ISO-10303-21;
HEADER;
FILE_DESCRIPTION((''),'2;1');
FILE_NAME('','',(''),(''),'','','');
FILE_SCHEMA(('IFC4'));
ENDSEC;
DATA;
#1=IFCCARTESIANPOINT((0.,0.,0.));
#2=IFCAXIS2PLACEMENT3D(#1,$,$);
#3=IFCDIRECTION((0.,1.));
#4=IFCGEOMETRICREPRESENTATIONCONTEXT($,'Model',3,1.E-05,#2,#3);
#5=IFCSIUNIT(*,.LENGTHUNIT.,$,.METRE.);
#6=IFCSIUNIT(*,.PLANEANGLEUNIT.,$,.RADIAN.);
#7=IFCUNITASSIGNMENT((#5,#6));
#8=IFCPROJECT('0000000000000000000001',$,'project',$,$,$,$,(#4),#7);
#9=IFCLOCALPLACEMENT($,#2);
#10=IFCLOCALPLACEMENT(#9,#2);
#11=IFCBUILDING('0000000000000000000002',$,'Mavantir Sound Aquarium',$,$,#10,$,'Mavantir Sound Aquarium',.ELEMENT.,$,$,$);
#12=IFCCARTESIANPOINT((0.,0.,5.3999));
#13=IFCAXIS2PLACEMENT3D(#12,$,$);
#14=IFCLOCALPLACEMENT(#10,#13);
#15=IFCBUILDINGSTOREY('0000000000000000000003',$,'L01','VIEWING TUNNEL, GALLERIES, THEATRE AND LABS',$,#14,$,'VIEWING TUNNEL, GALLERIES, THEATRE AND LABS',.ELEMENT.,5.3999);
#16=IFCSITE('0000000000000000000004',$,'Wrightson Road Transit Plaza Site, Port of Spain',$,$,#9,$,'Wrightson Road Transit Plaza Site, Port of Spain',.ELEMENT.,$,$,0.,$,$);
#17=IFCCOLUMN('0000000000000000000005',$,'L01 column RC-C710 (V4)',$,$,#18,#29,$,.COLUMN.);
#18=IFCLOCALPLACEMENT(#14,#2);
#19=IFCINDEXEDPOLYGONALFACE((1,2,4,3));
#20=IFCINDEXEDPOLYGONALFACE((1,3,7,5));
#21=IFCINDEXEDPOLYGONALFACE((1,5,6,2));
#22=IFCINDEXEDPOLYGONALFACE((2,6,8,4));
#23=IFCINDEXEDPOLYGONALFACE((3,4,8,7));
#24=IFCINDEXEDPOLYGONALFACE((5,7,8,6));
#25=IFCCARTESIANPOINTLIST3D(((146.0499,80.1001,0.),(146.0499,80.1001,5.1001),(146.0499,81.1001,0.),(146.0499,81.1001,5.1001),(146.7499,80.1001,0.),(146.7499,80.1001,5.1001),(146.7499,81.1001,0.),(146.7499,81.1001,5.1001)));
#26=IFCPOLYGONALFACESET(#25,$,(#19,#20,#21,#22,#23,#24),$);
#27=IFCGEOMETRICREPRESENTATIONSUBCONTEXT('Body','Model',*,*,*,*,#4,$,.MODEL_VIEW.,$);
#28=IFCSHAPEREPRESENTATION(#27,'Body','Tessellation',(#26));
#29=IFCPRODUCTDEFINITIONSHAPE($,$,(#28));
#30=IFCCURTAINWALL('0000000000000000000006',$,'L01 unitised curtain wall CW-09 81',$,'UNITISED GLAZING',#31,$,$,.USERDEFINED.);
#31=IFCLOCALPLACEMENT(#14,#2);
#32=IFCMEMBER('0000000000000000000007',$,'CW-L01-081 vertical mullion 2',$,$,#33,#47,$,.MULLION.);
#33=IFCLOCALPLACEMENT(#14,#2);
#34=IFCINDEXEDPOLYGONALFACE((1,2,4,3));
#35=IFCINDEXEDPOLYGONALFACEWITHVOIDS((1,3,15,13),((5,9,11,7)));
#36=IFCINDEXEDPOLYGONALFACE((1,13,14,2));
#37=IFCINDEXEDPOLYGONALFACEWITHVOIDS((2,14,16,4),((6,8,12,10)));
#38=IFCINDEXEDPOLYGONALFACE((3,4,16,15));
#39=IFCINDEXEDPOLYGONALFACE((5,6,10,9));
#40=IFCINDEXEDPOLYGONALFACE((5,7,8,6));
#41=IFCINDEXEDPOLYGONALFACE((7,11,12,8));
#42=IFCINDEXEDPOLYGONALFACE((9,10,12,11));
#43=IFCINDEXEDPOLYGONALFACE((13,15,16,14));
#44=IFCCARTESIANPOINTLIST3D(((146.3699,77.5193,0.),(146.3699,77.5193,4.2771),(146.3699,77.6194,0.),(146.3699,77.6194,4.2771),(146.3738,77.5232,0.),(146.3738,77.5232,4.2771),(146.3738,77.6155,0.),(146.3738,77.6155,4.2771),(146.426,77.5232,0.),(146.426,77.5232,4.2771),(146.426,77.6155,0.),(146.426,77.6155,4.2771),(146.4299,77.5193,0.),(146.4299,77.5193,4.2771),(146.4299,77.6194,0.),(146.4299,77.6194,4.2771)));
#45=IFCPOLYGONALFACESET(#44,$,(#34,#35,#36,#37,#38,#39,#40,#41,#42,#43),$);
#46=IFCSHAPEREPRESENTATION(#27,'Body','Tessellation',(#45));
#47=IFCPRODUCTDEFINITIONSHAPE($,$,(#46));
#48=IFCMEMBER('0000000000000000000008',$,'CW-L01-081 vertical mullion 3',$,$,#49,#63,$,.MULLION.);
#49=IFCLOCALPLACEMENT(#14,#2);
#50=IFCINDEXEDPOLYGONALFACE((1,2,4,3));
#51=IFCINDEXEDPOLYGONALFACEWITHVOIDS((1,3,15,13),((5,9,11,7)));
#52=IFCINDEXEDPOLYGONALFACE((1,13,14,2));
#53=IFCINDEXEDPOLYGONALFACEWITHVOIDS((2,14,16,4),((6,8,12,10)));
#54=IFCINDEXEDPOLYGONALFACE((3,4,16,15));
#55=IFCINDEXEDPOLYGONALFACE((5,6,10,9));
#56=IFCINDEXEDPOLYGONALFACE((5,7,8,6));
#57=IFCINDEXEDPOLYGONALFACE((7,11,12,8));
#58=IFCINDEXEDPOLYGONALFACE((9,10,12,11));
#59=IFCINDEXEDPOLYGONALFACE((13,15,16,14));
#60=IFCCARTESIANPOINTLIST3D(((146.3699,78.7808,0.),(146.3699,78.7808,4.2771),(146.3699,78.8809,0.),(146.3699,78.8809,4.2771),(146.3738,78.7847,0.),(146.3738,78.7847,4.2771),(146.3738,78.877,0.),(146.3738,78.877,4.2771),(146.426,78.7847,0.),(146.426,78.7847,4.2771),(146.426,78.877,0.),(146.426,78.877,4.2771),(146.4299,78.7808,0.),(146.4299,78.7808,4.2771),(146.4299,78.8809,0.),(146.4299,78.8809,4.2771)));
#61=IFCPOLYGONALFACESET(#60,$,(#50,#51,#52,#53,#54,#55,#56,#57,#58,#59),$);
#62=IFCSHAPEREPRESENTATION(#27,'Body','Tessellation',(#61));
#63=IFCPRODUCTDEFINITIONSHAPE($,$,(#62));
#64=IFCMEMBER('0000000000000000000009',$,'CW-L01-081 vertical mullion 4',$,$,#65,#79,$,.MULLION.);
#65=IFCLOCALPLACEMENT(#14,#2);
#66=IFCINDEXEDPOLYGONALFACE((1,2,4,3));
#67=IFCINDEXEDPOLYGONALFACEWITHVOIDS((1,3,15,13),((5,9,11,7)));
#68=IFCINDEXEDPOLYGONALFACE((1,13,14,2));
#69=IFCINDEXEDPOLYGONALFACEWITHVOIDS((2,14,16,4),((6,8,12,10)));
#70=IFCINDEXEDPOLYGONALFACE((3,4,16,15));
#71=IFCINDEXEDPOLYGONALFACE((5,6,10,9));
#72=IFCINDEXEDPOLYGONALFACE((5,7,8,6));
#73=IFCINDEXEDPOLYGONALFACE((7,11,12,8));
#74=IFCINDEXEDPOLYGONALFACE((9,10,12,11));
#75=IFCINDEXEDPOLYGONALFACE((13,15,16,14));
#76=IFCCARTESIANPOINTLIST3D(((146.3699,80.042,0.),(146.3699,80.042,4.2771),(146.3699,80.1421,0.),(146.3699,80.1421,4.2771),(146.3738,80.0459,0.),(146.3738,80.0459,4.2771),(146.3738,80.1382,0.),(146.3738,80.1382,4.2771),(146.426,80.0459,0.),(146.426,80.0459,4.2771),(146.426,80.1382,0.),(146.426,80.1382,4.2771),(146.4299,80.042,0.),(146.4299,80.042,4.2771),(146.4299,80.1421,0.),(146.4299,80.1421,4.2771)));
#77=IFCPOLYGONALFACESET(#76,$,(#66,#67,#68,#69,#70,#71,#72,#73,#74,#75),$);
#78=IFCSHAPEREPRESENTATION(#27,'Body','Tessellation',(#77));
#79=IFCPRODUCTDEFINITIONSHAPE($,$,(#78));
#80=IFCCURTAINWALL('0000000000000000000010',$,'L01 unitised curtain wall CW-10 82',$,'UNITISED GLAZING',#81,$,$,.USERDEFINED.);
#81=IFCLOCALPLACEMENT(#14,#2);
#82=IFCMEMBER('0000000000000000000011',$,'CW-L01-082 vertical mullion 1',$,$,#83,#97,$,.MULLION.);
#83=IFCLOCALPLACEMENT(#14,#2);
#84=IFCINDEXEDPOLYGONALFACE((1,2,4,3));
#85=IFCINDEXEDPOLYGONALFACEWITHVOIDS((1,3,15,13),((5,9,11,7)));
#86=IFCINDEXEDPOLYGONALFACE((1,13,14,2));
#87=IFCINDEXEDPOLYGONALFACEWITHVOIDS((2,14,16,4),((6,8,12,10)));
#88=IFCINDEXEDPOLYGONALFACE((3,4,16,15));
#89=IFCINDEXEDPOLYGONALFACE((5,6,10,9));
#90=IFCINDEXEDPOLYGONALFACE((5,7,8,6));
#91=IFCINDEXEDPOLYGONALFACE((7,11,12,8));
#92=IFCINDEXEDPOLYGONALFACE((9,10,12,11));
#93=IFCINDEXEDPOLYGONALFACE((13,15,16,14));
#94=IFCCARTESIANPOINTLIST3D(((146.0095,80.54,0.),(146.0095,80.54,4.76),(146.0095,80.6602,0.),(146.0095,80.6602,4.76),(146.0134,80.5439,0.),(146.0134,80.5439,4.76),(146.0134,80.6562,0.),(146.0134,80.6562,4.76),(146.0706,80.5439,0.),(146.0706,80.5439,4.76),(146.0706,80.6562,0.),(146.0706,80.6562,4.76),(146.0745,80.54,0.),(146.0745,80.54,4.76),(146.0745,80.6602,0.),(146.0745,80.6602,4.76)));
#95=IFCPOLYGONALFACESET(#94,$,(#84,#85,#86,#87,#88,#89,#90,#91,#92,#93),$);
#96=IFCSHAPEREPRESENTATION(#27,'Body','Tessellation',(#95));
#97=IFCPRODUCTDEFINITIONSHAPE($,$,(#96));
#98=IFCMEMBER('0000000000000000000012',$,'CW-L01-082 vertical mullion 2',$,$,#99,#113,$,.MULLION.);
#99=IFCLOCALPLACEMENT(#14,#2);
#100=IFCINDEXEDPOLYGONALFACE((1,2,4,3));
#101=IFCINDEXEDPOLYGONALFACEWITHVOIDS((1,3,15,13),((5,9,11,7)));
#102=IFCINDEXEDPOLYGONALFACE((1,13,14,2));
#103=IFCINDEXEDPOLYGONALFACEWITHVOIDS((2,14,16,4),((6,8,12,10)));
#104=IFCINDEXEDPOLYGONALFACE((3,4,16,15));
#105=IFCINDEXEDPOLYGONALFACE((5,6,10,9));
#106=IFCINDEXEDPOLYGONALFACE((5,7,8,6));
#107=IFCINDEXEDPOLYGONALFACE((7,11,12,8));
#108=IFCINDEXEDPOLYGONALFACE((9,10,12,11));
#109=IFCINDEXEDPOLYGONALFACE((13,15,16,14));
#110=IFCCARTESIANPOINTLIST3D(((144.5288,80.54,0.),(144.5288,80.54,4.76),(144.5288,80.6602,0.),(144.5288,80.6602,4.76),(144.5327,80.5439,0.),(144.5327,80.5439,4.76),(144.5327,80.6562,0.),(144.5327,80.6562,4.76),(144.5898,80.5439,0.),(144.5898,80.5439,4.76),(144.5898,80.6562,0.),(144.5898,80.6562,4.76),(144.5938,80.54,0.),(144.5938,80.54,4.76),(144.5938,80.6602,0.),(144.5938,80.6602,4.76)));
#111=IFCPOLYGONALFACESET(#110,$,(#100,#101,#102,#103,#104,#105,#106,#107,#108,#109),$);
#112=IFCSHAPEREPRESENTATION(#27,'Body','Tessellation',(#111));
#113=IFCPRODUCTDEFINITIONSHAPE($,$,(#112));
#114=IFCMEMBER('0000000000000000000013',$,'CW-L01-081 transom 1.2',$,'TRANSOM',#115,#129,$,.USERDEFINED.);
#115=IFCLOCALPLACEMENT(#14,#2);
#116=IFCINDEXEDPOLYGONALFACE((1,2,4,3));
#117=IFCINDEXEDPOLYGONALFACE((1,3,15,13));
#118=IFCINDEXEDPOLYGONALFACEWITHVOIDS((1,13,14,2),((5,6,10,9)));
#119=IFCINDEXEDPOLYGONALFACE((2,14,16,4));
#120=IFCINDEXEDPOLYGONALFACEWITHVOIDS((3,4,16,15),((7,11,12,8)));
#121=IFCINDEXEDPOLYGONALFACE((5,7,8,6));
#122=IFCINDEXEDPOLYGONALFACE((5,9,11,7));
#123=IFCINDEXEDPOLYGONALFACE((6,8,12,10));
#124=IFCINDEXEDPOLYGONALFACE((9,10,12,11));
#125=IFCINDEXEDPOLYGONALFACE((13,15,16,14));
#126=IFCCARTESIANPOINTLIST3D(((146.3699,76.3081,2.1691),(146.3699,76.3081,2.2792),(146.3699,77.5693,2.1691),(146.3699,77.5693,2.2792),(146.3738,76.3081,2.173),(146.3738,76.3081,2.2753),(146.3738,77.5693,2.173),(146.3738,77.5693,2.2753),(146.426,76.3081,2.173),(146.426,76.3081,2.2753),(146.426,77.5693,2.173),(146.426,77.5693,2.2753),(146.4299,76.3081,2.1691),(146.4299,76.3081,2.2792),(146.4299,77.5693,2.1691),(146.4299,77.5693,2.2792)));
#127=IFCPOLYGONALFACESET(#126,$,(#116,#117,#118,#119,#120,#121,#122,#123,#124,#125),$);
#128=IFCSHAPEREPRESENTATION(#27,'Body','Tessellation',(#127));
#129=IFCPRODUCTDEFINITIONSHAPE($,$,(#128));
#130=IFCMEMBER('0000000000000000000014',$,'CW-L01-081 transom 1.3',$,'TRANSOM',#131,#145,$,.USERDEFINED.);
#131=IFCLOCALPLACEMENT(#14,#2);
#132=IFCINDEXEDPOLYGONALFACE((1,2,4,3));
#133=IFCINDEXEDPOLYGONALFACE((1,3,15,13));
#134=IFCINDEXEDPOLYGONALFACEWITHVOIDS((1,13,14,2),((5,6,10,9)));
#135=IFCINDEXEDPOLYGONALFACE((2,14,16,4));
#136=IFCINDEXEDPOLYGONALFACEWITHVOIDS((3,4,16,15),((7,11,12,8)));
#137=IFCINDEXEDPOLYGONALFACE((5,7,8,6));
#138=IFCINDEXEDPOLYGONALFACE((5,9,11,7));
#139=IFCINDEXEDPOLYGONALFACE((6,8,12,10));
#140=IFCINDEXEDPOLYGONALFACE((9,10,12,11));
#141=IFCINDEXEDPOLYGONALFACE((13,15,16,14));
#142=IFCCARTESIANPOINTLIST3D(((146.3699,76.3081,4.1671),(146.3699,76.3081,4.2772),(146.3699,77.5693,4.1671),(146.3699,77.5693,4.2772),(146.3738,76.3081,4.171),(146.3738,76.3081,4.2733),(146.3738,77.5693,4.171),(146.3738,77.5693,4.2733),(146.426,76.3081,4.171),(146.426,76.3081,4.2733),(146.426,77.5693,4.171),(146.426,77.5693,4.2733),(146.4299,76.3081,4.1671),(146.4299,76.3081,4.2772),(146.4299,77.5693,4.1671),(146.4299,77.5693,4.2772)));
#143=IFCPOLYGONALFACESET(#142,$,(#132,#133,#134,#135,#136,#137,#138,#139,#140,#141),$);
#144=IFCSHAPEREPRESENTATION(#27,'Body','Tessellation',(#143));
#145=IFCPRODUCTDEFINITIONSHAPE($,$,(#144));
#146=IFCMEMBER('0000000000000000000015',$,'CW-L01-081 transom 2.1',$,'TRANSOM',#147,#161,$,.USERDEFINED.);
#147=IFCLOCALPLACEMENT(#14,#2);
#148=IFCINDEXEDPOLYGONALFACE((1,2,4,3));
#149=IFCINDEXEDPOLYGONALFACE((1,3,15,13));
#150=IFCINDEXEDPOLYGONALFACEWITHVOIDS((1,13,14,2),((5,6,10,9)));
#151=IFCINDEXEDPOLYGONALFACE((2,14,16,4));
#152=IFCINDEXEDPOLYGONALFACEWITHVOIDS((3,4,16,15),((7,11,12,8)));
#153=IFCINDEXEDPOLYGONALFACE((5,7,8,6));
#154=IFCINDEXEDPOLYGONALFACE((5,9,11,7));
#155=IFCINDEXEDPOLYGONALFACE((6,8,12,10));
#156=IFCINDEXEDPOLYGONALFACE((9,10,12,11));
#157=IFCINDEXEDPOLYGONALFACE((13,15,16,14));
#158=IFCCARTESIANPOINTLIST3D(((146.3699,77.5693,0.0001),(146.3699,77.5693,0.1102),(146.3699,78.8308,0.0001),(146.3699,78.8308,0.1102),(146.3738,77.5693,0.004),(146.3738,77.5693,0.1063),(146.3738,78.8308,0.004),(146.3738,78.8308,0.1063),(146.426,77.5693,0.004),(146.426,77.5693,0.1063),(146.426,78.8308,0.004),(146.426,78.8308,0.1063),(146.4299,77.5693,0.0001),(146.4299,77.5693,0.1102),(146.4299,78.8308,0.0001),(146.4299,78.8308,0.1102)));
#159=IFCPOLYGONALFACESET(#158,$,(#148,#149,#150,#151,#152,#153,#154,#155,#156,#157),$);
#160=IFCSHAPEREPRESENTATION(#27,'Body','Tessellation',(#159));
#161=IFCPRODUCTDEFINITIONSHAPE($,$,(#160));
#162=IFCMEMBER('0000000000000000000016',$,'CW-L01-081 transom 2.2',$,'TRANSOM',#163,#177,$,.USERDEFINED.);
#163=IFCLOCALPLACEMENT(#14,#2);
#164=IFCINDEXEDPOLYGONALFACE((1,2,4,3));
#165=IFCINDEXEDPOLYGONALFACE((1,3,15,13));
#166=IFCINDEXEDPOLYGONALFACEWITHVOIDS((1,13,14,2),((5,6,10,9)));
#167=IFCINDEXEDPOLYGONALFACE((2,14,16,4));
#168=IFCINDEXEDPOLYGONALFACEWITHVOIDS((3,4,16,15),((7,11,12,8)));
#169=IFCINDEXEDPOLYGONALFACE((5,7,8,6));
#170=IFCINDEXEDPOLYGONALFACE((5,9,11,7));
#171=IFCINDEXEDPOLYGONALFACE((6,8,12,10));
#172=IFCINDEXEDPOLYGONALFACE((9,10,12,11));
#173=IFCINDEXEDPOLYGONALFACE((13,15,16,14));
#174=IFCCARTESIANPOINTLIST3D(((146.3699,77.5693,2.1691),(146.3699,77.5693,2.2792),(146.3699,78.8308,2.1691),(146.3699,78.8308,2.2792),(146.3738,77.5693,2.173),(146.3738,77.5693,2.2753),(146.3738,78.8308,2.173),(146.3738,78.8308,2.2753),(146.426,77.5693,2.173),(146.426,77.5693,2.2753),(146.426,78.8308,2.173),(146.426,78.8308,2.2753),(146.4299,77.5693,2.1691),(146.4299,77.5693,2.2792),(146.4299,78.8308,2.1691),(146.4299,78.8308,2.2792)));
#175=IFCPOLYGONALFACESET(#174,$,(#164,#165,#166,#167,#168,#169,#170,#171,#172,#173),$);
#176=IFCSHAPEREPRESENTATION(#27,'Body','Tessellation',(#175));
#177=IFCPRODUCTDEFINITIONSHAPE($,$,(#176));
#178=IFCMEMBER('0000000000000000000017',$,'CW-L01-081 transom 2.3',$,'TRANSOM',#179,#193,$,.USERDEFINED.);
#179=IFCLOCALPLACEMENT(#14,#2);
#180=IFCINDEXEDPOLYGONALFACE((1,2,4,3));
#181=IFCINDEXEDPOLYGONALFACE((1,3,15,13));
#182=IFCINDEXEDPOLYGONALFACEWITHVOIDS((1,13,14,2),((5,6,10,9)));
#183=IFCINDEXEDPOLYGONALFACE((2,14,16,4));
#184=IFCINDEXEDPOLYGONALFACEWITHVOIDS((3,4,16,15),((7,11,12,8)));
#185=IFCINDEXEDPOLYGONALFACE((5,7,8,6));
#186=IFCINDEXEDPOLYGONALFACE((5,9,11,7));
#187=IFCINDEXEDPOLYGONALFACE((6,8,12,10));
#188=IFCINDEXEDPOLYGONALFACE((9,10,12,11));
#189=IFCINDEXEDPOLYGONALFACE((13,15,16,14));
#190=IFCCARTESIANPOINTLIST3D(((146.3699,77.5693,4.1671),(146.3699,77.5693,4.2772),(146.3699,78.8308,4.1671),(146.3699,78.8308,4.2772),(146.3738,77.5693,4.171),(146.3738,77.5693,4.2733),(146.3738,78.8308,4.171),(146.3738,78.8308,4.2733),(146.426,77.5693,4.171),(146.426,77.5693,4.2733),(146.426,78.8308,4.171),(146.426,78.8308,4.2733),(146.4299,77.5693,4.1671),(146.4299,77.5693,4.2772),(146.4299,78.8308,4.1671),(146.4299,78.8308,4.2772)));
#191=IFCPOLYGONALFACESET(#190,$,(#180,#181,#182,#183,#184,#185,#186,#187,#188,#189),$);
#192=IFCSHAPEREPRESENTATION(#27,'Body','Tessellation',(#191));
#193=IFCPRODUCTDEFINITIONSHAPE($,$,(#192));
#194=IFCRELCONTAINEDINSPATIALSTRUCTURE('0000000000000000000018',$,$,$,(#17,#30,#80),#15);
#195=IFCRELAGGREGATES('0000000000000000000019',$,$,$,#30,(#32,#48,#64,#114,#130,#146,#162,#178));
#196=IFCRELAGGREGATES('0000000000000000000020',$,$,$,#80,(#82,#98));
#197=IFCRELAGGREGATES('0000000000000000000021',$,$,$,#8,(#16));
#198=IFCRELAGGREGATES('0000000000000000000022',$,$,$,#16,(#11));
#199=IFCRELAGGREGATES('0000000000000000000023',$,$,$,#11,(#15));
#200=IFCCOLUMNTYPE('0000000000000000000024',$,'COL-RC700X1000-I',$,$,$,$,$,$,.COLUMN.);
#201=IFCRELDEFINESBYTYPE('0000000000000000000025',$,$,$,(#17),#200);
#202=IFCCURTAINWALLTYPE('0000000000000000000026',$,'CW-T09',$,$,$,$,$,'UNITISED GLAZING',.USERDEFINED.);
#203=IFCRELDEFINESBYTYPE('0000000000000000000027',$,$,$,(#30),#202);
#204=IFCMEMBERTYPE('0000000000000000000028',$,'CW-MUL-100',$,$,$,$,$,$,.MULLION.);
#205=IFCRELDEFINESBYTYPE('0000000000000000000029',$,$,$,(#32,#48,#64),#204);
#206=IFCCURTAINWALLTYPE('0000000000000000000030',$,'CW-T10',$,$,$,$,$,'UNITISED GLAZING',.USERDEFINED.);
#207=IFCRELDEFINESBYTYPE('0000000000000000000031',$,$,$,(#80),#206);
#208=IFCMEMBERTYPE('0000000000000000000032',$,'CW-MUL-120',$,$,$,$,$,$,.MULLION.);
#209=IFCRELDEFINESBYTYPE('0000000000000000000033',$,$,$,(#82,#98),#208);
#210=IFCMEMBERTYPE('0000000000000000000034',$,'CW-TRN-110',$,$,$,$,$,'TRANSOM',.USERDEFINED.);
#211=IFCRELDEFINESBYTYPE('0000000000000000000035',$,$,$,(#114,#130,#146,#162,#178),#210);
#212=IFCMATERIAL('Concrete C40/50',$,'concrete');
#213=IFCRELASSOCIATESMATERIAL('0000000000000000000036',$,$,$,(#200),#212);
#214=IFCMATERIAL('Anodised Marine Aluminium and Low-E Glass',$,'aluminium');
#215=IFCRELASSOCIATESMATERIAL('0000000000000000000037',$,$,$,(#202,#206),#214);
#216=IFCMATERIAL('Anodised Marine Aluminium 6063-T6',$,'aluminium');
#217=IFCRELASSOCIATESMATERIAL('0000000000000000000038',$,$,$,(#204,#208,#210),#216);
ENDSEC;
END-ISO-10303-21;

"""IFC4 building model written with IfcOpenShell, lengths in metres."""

from ifc_helpers import new_model, si_unit, direction, frame, origin, origin_2d, place, context, subcontext, project, spatial, rectangle, hollow_rectangle, extrude, material, material_profile, profile_set, type_object, element, aggregate, save


model = new_model("IFC4")

# Units and contexts
model_context = context("Model", 3, precision=1e-05, world=origin(), true_north=direction((0.0, 1.0)))
body_context = subcontext(model_context, "Body", "Model", "MODEL_VIEW")
ifc_project = project(units=[si_unit("LENGTHUNIT", "METRE"), si_unit("PLANEANGLEUNIT", "RADIAN")], contexts=[model_context])

# Site, building, storey
site_placement = place(None, origin())
site = spatial("IfcSite", under=ifc_project, at=site_placement, Name="Wrightson Road Transit Plaza Site, Port of Spain", LongName="Wrightson Road Transit Plaza Site, Port of Spain", CompositionType="ELEMENT", RefElevation=0.0)
building_placement = place(site_placement, origin())
building = spatial("IfcBuilding", under=site, at=building_placement, Name="Mavantir Sound Aquarium", LongName="Mavantir Sound Aquarium", CompositionType="ELEMENT")
storey_placement = place(building_placement, frame((0.0, 0.0, 5.3999)))
storey = spatial("IfcBuildingStorey", under=building, at=storey_placement, Name="L01", Description="VIEWING TUNNEL, GALLERIES, THEATRE AND LABS", LongName="VIEWING TUNNEL, GALLERIES, THEATRE AND LABS", CompositionType="ELEMENT", Elevation=5.3999)

# Column
ifc_material_1 = material(Name="Concrete C40/50", Category="concrete")
ifc_material_profile_1 = material_profile(ifc_material_1, rectangle(XDim=0.7, YDim=1.0, at=origin_2d()), Name="RC 700X1000")
ifc_profile_set_1 = profile_set([ifc_material_profile_1], Name="Concrete C40/50")
column_type = type_object("IfcColumnType", Name="COL-RC700X1000-I", PredefinedType="COLUMN", material=ifc_profile_set_1)
column_placement = place(storey_placement, frame((146.3999, 80.6001, 0.0), z_axis=(0.0, 0.0, 1.0), x_axis=(1.0, 0.0, 0.0)))
element("IfcColumn", 1, at=column_placement, inside=storey, type_object=column_type, Name="L01 column RC-C710 (V4)", PredefinedType="COLUMN", context=body_context, shape_type="SweptSolid", body=[
    extrude(rectangle(XDim=0.7, YDim=1.0, at=origin_2d()), origin(), (0.0, 0.0, 1.0), 5.1001),
])

# Curtain walls, members
ifc_material_2 = material(Name="Anodised Marine Aluminium and Low-E Glass", Category="aluminium")
curtain_wall_type_1 = type_object("IfcCurtainWallType", Name="CW-T09", ElementType="UNITISED GLAZING", PredefinedType="USERDEFINED", material=ifc_material_2)
curtain_wall_1_placement = place(storey_placement, origin())
curtain_wall_1 = element("IfcCurtainWall", 2, at=curtain_wall_1_placement, inside=storey, type_object=curtain_wall_type_1, Name="L01 unitised curtain wall CW-09 81", ObjectType="UNITISED GLAZING", PredefinedType="USERDEFINED")
ifc_material_3 = material(Name="Anodised Marine Aluminium 6063-T6", Category="aluminium")
ifc_material_profile_2 = material_profile(ifc_material_3, hollow_rectangle(XDim=0.0601, YDim=0.1001, WallThickness=0.0039, at=origin_2d()), Name="ALU-MULLION-100X60")
ifc_profile_set_2 = profile_set([ifc_material_profile_2], Name="Anodised Marine Aluminium 6063-T6")
member_type_1 = type_object("IfcMemberType", Name="CW-MUL-100", PredefinedType="MULLION", material=ifc_profile_set_2)
member_1_placement = place(storey_placement, frame((146.3999, 77.5693, 0.0), z_axis=(0.0, 0.0, 1.0), x_axis=(1.0, 0.0, 0.0)))
member_1 = element("IfcMember", 3, at=member_1_placement, type_object=member_type_1, Name="CW-L01-081 vertical mullion 2", PredefinedType="MULLION", context=body_context, shape_type="SweptSolid", body=[
    extrude(hollow_rectangle(XDim=0.0601, YDim=0.1001, WallThickness=0.0039, at=origin_2d()), origin(), (0.0, 0.0, 1.0), 4.2771),
])
member_2_placement = place(storey_placement, frame((146.3999, 78.8308, 0.0), z_axis=(0.0, 0.0, 1.0), x_axis=(1.0, 0.0, 0.0)))
member_2 = element("IfcMember", 4, at=member_2_placement, type_object=member_type_1, Name="CW-L01-081 vertical mullion 3", PredefinedType="MULLION", context=body_context, shape_type="SweptSolid", body=[
    extrude(hollow_rectangle(XDim=0.0601, YDim=0.1001, WallThickness=0.0039, at=origin_2d()), origin(), (0.0, 0.0, 1.0), 4.2771),
])
member_3_placement = place(storey_placement, frame((146.3999, 80.092, 0.0), z_axis=(0.0, 0.0, 1.0), x_axis=(1.0, 0.0, 0.0)))
member_3 = element("IfcMember", 5, at=member_3_placement, type_object=member_type_1, Name="CW-L01-081 vertical mullion 4", PredefinedType="MULLION", context=body_context, shape_type="SweptSolid", body=[
    extrude(hollow_rectangle(XDim=0.0601, YDim=0.1001, WallThickness=0.0039, at=origin_2d()), origin(), (0.0, 0.0, 1.0), 4.2771),
])
curtain_wall_type_2 = type_object("IfcCurtainWallType", Name="CW-T10", ElementType="UNITISED GLAZING", PredefinedType="USERDEFINED", material=ifc_material_2)
curtain_wall_2_placement = place(storey_placement, origin())
curtain_wall_2 = element("IfcCurtainWall", 6, at=curtain_wall_2_placement, inside=storey, type_object=curtain_wall_type_2, Name="L01 unitised curtain wall CW-10 82", ObjectType="UNITISED GLAZING", PredefinedType="USERDEFINED")
ifc_material_profile_3 = material_profile(ifc_material_3, hollow_rectangle(XDim=0.0649, YDim=0.1201, WallThickness=0.0039, at=origin_2d()), Name="ALU-MULLION-120X65")
ifc_profile_set_3 = profile_set([ifc_material_profile_3], Name="Anodised Marine Aluminium 6063-T6")
member_type_2 = type_object("IfcMemberType", Name="CW-MUL-120", PredefinedType="MULLION", material=ifc_profile_set_3)
member_4_placement = place(storey_placement, frame((146.042, 80.6001, 0.0), z_axis=(0.0, 0.0, 1.0), x_axis=(1.0, 0.0, 0.0)))
member_4 = element("IfcMember", 7, at=member_4_placement, type_object=member_type_2, Name="CW-L01-082 vertical mullion 1", PredefinedType="MULLION", context=body_context, shape_type="SweptSolid", body=[
    extrude(hollow_rectangle(XDim=0.0649, YDim=0.1201, WallThickness=0.0039, at=origin_2d()), origin(), (0.0, 0.0, 1.0), 4.76),
])
member_5_placement = place(storey_placement, frame((144.5613, 80.6001, 0.0), z_axis=(0.0, 0.0, 1.0), x_axis=(1.0, 0.0, 0.0)))
member_5 = element("IfcMember", 8, at=member_5_placement, type_object=member_type_2, Name="CW-L01-082 vertical mullion 2", PredefinedType="MULLION", context=body_context, shape_type="SweptSolid", body=[
    extrude(hollow_rectangle(XDim=0.0649, YDim=0.1201, WallThickness=0.0039, at=origin_2d()), origin(), (0.0, 0.0, 1.0), 4.76),
])

# Members
ifc_material_profile_4 = material_profile(ifc_material_3, hollow_rectangle(XDim=0.0601, YDim=0.1101, WallThickness=0.0039, at=origin_2d()), Name="ALU-TRANSOM-110X60")
ifc_profile_set_4 = profile_set([ifc_material_profile_4], Name="Anodised Marine Aluminium 6063-T6")
member_type_3 = type_object("IfcMemberType", Name="CW-TRN-110", ElementType="TRANSOM", PredefinedType="USERDEFINED", material=ifc_profile_set_4)
member_6_placement = place(storey_placement, frame((146.3999, 76.3081, 2.2241), z_axis=(0.0, 1.0, 0.0), x_axis=(-1.0, 0.0, 0.0)))
member_6 = element("IfcMember", 9, at=member_6_placement, type_object=member_type_3, Name="CW-L01-081 transom 1.2", ObjectType="TRANSOM", PredefinedType="USERDEFINED", context=body_context, shape_type="SweptSolid", body=[
    extrude(hollow_rectangle(XDim=0.0601, YDim=0.1101, WallThickness=0.0039, at=origin_2d()), origin(), (0.0, 0.0, 1.0), 1.2612),
])
member_7_placement = place(storey_placement, frame((146.3999, 76.3081, 4.2222), z_axis=(0.0, 1.0, 0.0), x_axis=(-1.0, 0.0, 0.0)))
member_7 = element("IfcMember", 10, at=member_7_placement, type_object=member_type_3, Name="CW-L01-081 transom 1.3", ObjectType="TRANSOM", PredefinedType="USERDEFINED", context=body_context, shape_type="SweptSolid", body=[
    extrude(hollow_rectangle(XDim=0.0601, YDim=0.1101, WallThickness=0.0039, at=origin_2d()), origin(), (0.0, 0.0, 1.0), 1.2612),
])
member_8_placement = place(storey_placement, frame((146.3999, 77.5693, 0.0552), z_axis=(0.0, 1.0, 0.0), x_axis=(-1.0, 0.0, 0.0)))
member_8 = element("IfcMember", 11, at=member_8_placement, type_object=member_type_3, Name="CW-L01-081 transom 2.1", ObjectType="TRANSOM", PredefinedType="USERDEFINED", context=body_context, shape_type="SweptSolid", body=[
    extrude(hollow_rectangle(XDim=0.0601, YDim=0.1101, WallThickness=0.0039, at=origin_2d()), origin(), (0.0, 0.0, 1.0), 1.2615),
])
member_9_placement = place(storey_placement, frame((146.3999, 77.5693, 2.2241), z_axis=(0.0, 1.0, 0.0), x_axis=(-1.0, 0.0, 0.0)))
member_9 = element("IfcMember", 12, at=member_9_placement, type_object=member_type_3, Name="CW-L01-081 transom 2.2", ObjectType="TRANSOM", PredefinedType="USERDEFINED", context=body_context, shape_type="SweptSolid", body=[
    extrude(hollow_rectangle(XDim=0.0601, YDim=0.1101, WallThickness=0.0039, at=origin_2d()), origin(), (0.0, 0.0, 1.0), 1.2615),
])
member_10_placement = place(storey_placement, frame((146.3999, 77.5693, 4.2222), z_axis=(0.0, 1.0, 0.0), x_axis=(-1.0, 0.0, 0.0)))
member_10 = element("IfcMember", 13, at=member_10_placement, type_object=member_type_3, Name="CW-L01-081 transom 2.3", ObjectType="TRANSOM", PredefinedType="USERDEFINED", context=body_context, shape_type="SweptSolid", body=[
    extrude(hollow_rectangle(XDim=0.0601, YDim=0.1101, WallThickness=0.0039, at=origin_2d()), origin(), (0.0, 0.0, 1.0), 1.2615),
])

aggregate(curtain_wall_1, [member_1, member_2, member_3, member_6, member_7, member_8, member_9, member_10])
aggregate(curtain_wall_2, [member_4, member_5])

save(model, "model.ifc")
